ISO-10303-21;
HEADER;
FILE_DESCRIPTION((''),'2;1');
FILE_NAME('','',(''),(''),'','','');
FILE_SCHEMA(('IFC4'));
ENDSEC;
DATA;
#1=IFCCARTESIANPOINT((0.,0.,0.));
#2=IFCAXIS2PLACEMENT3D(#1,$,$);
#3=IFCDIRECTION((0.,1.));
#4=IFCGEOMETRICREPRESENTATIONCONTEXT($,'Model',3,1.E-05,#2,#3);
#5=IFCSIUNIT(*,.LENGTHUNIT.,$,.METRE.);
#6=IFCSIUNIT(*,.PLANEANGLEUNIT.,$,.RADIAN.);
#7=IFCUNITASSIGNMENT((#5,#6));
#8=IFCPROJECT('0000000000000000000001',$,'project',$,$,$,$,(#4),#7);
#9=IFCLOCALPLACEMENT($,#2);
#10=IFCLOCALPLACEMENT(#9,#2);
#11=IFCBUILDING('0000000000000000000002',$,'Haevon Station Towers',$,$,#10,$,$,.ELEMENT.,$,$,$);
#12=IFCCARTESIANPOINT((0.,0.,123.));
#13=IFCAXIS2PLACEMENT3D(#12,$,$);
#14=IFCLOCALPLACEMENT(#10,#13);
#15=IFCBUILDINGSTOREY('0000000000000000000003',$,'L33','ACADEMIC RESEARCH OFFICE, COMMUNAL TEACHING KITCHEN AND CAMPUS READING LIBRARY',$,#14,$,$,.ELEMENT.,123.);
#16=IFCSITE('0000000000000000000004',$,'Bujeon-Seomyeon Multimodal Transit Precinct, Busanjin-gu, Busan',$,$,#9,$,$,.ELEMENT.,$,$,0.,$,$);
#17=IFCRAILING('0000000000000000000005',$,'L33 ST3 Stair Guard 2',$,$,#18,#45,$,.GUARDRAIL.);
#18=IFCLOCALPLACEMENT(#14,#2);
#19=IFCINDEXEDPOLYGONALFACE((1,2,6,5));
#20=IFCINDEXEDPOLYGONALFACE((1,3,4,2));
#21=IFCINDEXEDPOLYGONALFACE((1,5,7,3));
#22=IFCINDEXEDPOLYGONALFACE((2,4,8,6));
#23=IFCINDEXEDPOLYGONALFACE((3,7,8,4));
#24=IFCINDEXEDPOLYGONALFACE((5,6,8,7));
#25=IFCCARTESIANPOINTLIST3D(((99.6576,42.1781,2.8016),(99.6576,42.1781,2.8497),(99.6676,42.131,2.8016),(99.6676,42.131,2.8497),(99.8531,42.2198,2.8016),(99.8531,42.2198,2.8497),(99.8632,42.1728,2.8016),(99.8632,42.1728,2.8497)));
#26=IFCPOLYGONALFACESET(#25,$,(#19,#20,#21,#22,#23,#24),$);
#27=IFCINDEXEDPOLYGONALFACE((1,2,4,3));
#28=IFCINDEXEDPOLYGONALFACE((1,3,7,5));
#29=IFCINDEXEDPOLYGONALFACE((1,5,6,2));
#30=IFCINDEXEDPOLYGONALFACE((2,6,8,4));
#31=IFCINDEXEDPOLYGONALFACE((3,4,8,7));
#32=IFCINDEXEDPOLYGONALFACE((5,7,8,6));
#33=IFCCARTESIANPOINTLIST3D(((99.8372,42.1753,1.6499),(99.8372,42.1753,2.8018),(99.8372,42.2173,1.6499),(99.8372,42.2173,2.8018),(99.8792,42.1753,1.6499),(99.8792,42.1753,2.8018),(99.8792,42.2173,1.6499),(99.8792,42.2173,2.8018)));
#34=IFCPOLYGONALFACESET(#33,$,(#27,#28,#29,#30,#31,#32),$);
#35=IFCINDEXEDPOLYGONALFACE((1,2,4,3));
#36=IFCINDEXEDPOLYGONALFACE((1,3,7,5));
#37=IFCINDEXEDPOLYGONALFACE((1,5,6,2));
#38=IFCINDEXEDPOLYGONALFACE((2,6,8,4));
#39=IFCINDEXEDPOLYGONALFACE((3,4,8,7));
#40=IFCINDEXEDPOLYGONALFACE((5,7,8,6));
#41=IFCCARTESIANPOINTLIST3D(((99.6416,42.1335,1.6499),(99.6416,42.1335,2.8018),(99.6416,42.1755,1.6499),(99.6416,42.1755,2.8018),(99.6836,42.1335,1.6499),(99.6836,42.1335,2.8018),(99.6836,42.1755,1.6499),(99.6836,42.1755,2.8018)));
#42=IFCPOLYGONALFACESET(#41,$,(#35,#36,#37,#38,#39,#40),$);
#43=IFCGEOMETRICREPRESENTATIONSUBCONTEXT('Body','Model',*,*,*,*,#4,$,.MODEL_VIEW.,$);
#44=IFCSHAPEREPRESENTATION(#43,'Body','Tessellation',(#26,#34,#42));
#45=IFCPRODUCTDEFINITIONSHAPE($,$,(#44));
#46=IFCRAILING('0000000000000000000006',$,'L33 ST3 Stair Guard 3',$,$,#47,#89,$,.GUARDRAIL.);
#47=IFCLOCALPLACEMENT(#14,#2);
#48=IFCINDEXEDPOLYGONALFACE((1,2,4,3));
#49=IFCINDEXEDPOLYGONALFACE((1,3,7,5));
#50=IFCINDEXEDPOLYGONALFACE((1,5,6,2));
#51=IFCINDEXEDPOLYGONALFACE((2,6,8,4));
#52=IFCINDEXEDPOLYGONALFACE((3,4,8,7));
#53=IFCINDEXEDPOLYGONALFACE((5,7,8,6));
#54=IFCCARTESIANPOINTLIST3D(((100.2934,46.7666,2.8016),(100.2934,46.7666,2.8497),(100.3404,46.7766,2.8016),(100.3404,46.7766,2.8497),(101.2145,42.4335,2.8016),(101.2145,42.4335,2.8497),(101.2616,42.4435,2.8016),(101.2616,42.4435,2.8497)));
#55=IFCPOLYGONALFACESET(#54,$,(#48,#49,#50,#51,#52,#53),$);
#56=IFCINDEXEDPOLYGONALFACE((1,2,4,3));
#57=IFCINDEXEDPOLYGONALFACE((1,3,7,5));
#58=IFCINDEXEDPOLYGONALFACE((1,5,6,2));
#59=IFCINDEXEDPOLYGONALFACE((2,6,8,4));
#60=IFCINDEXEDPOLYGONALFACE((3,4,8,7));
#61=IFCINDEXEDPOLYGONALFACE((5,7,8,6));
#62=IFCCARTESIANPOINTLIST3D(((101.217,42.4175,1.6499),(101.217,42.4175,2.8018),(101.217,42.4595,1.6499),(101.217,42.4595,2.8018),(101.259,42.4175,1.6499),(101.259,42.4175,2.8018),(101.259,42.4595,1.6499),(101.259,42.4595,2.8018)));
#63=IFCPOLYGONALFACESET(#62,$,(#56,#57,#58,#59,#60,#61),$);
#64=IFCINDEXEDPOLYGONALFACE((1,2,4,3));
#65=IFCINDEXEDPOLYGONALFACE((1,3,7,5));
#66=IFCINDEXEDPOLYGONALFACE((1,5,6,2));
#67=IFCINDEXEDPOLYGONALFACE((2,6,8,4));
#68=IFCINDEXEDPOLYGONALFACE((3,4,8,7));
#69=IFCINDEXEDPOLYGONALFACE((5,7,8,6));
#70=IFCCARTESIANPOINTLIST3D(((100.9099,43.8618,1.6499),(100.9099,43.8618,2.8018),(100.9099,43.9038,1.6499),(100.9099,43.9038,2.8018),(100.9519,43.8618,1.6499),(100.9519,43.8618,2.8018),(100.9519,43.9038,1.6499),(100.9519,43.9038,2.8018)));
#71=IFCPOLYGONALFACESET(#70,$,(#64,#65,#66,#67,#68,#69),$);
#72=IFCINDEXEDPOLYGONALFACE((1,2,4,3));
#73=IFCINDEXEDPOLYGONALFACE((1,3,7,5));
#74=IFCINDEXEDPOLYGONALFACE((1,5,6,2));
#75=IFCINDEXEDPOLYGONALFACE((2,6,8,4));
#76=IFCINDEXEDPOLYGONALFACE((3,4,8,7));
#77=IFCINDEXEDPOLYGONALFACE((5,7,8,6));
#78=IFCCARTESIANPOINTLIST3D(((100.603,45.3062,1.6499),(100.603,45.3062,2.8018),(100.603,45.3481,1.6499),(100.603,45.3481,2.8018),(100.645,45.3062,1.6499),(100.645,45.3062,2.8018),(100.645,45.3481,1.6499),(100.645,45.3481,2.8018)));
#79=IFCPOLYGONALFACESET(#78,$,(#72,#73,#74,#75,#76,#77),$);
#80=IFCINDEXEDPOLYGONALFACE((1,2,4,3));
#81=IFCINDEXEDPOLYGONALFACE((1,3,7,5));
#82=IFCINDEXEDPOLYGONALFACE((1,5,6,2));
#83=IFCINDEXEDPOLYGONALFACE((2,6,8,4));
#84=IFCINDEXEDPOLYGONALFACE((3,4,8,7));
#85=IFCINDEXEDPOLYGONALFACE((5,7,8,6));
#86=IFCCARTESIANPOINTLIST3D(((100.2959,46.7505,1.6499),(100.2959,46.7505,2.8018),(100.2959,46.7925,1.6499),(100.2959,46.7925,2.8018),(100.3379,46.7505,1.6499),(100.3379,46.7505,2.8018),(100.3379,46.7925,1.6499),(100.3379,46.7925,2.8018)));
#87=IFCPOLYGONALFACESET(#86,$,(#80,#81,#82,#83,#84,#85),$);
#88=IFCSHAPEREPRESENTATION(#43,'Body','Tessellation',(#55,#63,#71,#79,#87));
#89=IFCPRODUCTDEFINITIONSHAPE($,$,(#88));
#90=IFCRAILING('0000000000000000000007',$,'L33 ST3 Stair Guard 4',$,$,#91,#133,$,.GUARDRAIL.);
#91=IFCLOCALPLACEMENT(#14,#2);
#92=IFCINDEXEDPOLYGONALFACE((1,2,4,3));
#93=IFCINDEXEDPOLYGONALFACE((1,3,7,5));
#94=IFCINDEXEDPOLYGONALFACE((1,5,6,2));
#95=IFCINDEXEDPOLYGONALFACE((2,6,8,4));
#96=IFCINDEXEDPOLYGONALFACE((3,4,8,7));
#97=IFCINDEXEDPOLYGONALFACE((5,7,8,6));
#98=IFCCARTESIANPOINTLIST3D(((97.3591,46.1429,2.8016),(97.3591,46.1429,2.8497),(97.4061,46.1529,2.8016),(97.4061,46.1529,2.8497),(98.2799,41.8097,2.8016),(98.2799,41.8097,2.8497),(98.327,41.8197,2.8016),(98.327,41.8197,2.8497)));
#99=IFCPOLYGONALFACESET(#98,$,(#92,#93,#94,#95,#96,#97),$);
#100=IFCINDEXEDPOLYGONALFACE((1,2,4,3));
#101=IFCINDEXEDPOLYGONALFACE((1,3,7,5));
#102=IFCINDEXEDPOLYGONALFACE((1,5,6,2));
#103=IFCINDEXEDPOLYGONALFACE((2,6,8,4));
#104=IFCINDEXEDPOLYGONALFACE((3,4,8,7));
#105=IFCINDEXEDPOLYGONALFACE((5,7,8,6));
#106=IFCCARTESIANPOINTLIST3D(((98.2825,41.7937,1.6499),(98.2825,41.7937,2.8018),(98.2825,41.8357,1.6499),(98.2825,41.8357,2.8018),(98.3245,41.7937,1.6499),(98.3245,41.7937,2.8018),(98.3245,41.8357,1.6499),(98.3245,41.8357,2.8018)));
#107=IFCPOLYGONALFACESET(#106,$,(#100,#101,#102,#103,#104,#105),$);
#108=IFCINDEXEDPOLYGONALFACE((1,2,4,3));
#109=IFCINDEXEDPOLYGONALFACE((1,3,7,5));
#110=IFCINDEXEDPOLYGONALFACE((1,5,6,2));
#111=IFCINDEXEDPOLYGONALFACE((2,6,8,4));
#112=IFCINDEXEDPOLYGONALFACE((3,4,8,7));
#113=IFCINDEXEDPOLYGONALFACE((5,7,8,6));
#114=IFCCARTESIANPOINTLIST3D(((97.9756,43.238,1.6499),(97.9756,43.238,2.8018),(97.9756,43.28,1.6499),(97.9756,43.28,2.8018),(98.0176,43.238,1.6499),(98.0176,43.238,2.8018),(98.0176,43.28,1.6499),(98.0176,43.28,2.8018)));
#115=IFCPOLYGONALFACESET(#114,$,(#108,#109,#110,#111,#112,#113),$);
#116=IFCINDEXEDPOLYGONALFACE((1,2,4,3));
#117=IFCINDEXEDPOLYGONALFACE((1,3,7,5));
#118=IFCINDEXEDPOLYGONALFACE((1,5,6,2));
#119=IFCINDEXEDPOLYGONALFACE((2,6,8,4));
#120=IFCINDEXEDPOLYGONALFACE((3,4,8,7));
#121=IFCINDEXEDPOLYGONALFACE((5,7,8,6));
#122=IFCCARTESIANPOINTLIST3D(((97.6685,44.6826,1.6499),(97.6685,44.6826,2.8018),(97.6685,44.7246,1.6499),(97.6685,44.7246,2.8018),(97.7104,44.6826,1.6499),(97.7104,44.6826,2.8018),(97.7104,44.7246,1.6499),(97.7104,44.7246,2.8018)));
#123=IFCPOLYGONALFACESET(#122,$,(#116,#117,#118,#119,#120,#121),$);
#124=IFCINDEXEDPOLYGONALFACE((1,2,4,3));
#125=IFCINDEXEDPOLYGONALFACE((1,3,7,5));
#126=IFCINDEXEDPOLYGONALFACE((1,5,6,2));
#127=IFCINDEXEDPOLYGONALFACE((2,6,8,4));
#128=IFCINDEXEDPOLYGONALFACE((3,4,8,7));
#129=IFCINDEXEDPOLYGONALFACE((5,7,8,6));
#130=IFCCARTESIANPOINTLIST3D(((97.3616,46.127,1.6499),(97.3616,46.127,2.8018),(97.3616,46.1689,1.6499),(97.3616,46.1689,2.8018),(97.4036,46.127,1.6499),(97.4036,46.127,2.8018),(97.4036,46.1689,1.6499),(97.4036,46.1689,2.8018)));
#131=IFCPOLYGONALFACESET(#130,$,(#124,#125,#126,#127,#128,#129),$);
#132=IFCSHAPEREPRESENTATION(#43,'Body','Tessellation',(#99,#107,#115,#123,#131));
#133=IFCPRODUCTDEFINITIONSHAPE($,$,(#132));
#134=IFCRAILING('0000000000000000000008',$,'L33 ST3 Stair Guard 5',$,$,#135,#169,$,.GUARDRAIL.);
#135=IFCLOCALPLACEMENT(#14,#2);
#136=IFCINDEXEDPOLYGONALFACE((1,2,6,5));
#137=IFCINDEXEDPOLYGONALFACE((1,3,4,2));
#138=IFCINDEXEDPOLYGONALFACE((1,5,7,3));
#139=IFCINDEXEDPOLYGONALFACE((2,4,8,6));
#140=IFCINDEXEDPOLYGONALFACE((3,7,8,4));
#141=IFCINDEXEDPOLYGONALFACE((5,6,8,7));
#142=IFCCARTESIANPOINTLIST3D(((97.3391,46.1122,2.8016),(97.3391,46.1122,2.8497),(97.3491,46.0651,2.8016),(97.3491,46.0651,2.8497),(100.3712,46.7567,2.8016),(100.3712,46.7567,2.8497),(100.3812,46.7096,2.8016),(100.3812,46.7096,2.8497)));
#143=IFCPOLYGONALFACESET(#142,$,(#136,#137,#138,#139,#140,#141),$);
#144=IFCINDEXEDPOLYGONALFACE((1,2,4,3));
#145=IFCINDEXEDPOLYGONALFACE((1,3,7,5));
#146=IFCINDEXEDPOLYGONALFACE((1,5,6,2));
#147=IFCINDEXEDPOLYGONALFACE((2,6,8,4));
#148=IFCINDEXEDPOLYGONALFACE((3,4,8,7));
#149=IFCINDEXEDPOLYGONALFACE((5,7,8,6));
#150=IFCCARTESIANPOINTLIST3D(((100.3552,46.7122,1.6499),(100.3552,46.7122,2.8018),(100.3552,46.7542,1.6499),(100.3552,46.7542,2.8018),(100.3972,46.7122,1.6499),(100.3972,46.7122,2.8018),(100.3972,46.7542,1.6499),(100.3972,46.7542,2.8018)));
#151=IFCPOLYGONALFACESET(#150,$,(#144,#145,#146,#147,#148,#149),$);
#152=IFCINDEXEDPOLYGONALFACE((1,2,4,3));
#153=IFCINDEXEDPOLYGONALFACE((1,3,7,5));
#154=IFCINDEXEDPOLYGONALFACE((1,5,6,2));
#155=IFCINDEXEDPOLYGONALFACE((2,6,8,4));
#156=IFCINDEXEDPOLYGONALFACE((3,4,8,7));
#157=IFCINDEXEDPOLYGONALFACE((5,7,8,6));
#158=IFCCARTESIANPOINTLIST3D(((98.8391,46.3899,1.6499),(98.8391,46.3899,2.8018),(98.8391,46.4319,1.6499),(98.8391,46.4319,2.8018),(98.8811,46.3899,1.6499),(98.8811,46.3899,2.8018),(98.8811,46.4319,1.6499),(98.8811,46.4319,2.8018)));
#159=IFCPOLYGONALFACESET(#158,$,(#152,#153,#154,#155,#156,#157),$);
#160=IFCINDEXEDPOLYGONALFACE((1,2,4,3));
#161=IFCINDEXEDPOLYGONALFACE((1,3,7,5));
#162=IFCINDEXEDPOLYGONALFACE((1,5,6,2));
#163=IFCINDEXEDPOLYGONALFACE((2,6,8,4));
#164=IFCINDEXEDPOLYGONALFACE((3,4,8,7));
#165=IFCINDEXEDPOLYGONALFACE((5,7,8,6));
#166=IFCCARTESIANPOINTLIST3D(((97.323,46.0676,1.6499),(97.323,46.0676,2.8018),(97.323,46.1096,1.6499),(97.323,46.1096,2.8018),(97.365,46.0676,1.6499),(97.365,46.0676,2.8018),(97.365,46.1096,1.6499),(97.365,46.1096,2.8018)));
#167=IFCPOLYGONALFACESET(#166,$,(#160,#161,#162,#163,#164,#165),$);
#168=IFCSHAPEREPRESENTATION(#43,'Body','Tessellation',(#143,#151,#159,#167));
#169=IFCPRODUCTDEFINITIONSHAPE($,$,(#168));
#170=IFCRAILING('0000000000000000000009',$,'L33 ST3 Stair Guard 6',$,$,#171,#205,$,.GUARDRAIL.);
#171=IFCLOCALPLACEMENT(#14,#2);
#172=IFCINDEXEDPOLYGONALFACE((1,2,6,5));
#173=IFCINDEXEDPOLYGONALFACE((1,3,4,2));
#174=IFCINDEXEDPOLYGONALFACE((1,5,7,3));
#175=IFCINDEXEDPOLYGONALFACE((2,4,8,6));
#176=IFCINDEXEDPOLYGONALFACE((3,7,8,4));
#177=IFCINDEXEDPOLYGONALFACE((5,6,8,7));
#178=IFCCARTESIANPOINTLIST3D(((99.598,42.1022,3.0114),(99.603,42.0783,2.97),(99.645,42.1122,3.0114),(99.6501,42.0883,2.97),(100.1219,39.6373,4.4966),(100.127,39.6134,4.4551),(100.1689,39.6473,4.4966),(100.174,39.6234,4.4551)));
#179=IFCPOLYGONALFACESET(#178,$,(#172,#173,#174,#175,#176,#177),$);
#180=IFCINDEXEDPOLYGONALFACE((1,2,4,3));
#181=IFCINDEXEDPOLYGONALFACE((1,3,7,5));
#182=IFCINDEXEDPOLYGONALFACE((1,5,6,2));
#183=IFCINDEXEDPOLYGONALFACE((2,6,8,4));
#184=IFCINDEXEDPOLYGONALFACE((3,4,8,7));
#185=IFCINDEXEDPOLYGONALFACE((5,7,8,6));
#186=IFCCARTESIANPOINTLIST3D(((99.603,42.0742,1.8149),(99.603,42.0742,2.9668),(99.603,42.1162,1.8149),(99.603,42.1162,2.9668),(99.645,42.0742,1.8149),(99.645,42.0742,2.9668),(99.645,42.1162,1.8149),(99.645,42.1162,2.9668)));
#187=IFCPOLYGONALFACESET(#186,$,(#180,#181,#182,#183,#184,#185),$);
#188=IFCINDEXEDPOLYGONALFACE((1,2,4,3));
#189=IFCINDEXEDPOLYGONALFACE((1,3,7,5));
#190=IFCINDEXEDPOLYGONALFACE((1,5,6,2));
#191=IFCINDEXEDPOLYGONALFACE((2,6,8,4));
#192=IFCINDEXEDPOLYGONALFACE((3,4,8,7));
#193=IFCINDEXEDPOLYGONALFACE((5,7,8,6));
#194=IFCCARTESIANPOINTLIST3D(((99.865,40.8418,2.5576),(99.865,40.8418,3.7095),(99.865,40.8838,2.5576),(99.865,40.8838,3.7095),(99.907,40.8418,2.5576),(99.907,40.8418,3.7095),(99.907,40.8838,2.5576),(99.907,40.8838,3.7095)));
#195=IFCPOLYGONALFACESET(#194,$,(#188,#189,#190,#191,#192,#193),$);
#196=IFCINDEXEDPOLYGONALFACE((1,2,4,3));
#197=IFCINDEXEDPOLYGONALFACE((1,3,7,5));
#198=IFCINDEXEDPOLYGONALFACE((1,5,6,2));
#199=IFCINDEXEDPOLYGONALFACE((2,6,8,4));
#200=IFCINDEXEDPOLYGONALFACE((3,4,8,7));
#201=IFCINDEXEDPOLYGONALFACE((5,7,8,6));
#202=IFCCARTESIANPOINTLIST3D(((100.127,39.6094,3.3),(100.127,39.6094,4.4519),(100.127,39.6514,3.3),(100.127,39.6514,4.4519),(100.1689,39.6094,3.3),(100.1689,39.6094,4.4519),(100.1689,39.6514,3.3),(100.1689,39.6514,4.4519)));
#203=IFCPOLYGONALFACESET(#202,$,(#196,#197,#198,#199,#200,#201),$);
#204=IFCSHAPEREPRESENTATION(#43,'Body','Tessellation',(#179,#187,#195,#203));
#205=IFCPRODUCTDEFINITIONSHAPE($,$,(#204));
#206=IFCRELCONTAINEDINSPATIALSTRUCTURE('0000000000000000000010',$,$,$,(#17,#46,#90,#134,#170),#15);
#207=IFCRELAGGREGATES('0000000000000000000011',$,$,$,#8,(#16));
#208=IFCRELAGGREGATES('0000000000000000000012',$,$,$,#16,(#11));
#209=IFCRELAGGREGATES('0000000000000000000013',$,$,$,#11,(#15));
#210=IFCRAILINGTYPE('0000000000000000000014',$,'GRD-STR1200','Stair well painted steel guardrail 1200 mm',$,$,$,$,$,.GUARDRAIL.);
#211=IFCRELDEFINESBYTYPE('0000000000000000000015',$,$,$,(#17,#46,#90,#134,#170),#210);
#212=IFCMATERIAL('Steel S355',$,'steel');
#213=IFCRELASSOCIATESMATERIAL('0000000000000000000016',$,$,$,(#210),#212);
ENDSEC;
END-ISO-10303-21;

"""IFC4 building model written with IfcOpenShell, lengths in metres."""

from ifc_helpers import new_model, si_unit, direction, frame, origin, origin_2d, place, context, subcontext, project, spatial, rectangle, extrude, material, type_object, element, save


model = new_model("IFC4")

# Units and contexts
model_context = context("Model", 3, precision=1e-05, world=origin(), true_north=direction((0.0, 1.0)))
body_context = subcontext(model_context, "Body", "Model", "MODEL_VIEW")
ifc_project = project(units=[si_unit("LENGTHUNIT", "METRE"), si_unit("PLANEANGLEUNIT", "RADIAN")], contexts=[model_context])

# Site, building, storey
site_placement = place(None, origin())
site = spatial("IfcSite", under=ifc_project, at=site_placement, Name="Bujeon-Seomyeon Multimodal Transit Precinct, Busanjin-gu, Busan", CompositionType="ELEMENT", RefElevation=0.0)
building_placement = place(site_placement, origin())
building = spatial("IfcBuilding", under=site, at=building_placement, Name="Haevon Station Towers", CompositionType="ELEMENT")
storey_placement = place(building_placement, frame((0.0, 0.0, 123.0)))
storey = spatial("IfcBuildingStorey", under=building, at=storey_placement, Name="L33", Description="ACADEMIC RESEARCH OFFICE, COMMUNAL TEACHING KITCHEN AND CAMPUS READING LIBRARY", CompositionType="ELEMENT", Elevation=123.0)

# Shared definitions
ifc_material_1 = material(Name="Steel S355", Category="steel")

# Railings
railing_type_1 = type_object("IfcRailingType", Name="GRD-STR1200", Description="Stair well painted steel guardrail 1200 mm", PredefinedType="GUARDRAIL", material=ifc_material_1)
railing_1_placement = place(storey_placement, frame((99.8582, 42.1963, 1.6499)))
element("IfcRailing", 1, at=railing_1_placement, inside=storey, type_object=railing_type_1, Name="L33 ST3 Stair Guard 2", PredefinedType="GUARDRAIL", context=body_context, shape_type="SweptSolid", body=[
    extrude(rectangle(XDim=0.0481, YDim=0.0481, at=origin_2d()), frame((0.0, 0.0, 1.1758), z_axis=(-0.977963, -0.208779, 0.0), x_axis=(0.208779, -0.977963, 0.0)), (0.0, 0.0, 1.0), 0.2),
    extrude(rectangle(XDim=0.042, YDim=0.042, at=origin_2d()), origin(), (0.0, 0.0, 1.0), 1.1519),
    extrude(rectangle(XDim=0.042, YDim=0.042, at=origin_2d()), frame((-0.1956, -0.0417, 0.0)), (0.0, 0.0, 1.0), 1.1519),
])
railing_2_placement = place(storey_placement, frame((101.238, 42.4385, 1.6499)))
element("IfcRailing", 2, at=railing_2_placement, inside=storey, type_object=railing_type_1, Name="L33 ST3 Stair Guard 3", PredefinedType="GUARDRAIL", context=body_context, shape_type="SweptSolid", body=[
    extrude(rectangle(XDim=0.0481, YDim=0.0481, at=origin_2d()), frame((0.0, 0.0, 1.1758), z_axis=(-0.20794, 0.978141, 0.0), x_axis=(-0.978141, -0.20794, 0.0)), (0.0, 0.0, 1.0), 4.4299),
    extrude(rectangle(XDim=0.042, YDim=0.042, at=origin_2d()), origin(), (0.0, 0.0, 1.0), 1.1519),
    extrude(rectangle(XDim=0.042, YDim=0.042, at=origin_2d()), frame((-0.3071, 1.4443, 0.0)), (0.0, 0.0, 1.0), 1.1519),
    extrude(rectangle(XDim=0.042, YDim=0.042, at=origin_2d()), frame((-0.614, 2.8887, 0.0)), (0.0, 0.0, 1.0), 1.1519),
    extrude(rectangle(XDim=0.042, YDim=0.042, at=origin_2d()), frame((-0.9211, 4.333, 0.0)), (0.0, 0.0, 1.0), 1.1519),
])
railing_3_placement = place(storey_placement, frame((98.3035, 41.8147, 1.6499)))
element("IfcRailing", 3, at=railing_3_placement, inside=storey, type_object=railing_type_1, Name="L33 ST3 Stair Guard 4", PredefinedType="GUARDRAIL", context=body_context, shape_type="SweptSolid", body=[
    extrude(rectangle(XDim=0.0481, YDim=0.0481, at=origin_2d()), frame((0.0, 0.0, 1.1758), z_axis=(-0.207877, 0.978155, 0.0), x_axis=(-0.978155, -0.207877, 0.0)), (0.0, 0.0, 1.0), 4.4299),
    extrude(rectangle(XDim=0.042, YDim=0.042, at=origin_2d()), origin(), (0.0, 0.0, 1.0), 1.1519),
    extrude(rectangle(XDim=0.042, YDim=0.042, at=origin_2d()), frame((-0.3069, 1.4443, 0.0)), (0.0, 0.0, 1.0), 1.1519),
    extrude(rectangle(XDim=0.042, YDim=0.042, at=origin_2d()), frame((-0.614, 2.8889, 0.0)), (0.0, 0.0, 1.0), 1.1519),
    extrude(rectangle(XDim=0.042, YDim=0.042, at=origin_2d()), frame((-0.9209, 4.3333, 0.0)), (0.0, 0.0, 1.0), 1.1519),
])
railing_4_placement = place(storey_placement, frame((100.3762, 46.7332, 1.6499)))
element("IfcRailing", 4, at=railing_4_placement, inside=storey, type_object=railing_type_1, Name="L33 ST3 Stair Guard 5", PredefinedType="GUARDRAIL", context=body_context, shape_type="SweptSolid", body=[
    extrude(rectangle(XDim=0.0481, YDim=0.0481, at=origin_2d()), frame((0.0, 0.0, 1.1758), z_axis=(-0.978147, -0.207915, 0.0), x_axis=(0.207915, -0.978147, 0.0)), (0.0, 0.0, 1.0), 3.0999),
    extrude(rectangle(XDim=0.042, YDim=0.042, at=origin_2d()), origin(), (0.0, 0.0, 1.0), 1.1519),
    extrude(rectangle(XDim=0.042, YDim=0.042, at=origin_2d()), frame((-1.5161, -0.3223, 0.0)), (0.0, 0.0, 1.0), 1.1519),
    extrude(rectangle(XDim=0.042, YDim=0.042, at=origin_2d()), frame((-3.0322, -0.6445, 0.0)), (0.0, 0.0, 1.0), 1.1519),
])
railing_5_placement = place(storey_placement, frame((99.624, 42.0952, 1.8149)))
element("IfcRailing", 5, at=railing_5_placement, inside=storey, type_object=railing_type_1, Name="L33 ST3 Stair Guard 6", PredefinedType="GUARDRAIL", context=body_context, shape_type="SweptSolid", body=[
    extrude(rectangle(XDim=0.0481, YDim=0.0481, at=origin_2d()), frame((0.0, 0.0, 1.1758), z_axis=(0.179121, -0.842688, 0.507733), x_axis=(0.978147, 0.207914, 0.0)), (0.0, 0.0, 1.0), 2.925),
    extrude(rectangle(XDim=0.042, YDim=0.042, at=origin_2d()), origin(), (0.0, 0.0, 1.0), 1.1519),
    extrude(rectangle(XDim=0.042, YDim=0.042, at=origin_2d()), frame((0.262, -1.2324, 0.7427)), (0.0, 0.0, 1.0), 1.1519),
    extrude(rectangle(XDim=0.042, YDim=0.042, at=origin_2d()), frame((0.5239, -2.4648, 1.4851)), (0.0, 0.0, 1.0), 1.1519),
])

save(model, "model.ifc")
